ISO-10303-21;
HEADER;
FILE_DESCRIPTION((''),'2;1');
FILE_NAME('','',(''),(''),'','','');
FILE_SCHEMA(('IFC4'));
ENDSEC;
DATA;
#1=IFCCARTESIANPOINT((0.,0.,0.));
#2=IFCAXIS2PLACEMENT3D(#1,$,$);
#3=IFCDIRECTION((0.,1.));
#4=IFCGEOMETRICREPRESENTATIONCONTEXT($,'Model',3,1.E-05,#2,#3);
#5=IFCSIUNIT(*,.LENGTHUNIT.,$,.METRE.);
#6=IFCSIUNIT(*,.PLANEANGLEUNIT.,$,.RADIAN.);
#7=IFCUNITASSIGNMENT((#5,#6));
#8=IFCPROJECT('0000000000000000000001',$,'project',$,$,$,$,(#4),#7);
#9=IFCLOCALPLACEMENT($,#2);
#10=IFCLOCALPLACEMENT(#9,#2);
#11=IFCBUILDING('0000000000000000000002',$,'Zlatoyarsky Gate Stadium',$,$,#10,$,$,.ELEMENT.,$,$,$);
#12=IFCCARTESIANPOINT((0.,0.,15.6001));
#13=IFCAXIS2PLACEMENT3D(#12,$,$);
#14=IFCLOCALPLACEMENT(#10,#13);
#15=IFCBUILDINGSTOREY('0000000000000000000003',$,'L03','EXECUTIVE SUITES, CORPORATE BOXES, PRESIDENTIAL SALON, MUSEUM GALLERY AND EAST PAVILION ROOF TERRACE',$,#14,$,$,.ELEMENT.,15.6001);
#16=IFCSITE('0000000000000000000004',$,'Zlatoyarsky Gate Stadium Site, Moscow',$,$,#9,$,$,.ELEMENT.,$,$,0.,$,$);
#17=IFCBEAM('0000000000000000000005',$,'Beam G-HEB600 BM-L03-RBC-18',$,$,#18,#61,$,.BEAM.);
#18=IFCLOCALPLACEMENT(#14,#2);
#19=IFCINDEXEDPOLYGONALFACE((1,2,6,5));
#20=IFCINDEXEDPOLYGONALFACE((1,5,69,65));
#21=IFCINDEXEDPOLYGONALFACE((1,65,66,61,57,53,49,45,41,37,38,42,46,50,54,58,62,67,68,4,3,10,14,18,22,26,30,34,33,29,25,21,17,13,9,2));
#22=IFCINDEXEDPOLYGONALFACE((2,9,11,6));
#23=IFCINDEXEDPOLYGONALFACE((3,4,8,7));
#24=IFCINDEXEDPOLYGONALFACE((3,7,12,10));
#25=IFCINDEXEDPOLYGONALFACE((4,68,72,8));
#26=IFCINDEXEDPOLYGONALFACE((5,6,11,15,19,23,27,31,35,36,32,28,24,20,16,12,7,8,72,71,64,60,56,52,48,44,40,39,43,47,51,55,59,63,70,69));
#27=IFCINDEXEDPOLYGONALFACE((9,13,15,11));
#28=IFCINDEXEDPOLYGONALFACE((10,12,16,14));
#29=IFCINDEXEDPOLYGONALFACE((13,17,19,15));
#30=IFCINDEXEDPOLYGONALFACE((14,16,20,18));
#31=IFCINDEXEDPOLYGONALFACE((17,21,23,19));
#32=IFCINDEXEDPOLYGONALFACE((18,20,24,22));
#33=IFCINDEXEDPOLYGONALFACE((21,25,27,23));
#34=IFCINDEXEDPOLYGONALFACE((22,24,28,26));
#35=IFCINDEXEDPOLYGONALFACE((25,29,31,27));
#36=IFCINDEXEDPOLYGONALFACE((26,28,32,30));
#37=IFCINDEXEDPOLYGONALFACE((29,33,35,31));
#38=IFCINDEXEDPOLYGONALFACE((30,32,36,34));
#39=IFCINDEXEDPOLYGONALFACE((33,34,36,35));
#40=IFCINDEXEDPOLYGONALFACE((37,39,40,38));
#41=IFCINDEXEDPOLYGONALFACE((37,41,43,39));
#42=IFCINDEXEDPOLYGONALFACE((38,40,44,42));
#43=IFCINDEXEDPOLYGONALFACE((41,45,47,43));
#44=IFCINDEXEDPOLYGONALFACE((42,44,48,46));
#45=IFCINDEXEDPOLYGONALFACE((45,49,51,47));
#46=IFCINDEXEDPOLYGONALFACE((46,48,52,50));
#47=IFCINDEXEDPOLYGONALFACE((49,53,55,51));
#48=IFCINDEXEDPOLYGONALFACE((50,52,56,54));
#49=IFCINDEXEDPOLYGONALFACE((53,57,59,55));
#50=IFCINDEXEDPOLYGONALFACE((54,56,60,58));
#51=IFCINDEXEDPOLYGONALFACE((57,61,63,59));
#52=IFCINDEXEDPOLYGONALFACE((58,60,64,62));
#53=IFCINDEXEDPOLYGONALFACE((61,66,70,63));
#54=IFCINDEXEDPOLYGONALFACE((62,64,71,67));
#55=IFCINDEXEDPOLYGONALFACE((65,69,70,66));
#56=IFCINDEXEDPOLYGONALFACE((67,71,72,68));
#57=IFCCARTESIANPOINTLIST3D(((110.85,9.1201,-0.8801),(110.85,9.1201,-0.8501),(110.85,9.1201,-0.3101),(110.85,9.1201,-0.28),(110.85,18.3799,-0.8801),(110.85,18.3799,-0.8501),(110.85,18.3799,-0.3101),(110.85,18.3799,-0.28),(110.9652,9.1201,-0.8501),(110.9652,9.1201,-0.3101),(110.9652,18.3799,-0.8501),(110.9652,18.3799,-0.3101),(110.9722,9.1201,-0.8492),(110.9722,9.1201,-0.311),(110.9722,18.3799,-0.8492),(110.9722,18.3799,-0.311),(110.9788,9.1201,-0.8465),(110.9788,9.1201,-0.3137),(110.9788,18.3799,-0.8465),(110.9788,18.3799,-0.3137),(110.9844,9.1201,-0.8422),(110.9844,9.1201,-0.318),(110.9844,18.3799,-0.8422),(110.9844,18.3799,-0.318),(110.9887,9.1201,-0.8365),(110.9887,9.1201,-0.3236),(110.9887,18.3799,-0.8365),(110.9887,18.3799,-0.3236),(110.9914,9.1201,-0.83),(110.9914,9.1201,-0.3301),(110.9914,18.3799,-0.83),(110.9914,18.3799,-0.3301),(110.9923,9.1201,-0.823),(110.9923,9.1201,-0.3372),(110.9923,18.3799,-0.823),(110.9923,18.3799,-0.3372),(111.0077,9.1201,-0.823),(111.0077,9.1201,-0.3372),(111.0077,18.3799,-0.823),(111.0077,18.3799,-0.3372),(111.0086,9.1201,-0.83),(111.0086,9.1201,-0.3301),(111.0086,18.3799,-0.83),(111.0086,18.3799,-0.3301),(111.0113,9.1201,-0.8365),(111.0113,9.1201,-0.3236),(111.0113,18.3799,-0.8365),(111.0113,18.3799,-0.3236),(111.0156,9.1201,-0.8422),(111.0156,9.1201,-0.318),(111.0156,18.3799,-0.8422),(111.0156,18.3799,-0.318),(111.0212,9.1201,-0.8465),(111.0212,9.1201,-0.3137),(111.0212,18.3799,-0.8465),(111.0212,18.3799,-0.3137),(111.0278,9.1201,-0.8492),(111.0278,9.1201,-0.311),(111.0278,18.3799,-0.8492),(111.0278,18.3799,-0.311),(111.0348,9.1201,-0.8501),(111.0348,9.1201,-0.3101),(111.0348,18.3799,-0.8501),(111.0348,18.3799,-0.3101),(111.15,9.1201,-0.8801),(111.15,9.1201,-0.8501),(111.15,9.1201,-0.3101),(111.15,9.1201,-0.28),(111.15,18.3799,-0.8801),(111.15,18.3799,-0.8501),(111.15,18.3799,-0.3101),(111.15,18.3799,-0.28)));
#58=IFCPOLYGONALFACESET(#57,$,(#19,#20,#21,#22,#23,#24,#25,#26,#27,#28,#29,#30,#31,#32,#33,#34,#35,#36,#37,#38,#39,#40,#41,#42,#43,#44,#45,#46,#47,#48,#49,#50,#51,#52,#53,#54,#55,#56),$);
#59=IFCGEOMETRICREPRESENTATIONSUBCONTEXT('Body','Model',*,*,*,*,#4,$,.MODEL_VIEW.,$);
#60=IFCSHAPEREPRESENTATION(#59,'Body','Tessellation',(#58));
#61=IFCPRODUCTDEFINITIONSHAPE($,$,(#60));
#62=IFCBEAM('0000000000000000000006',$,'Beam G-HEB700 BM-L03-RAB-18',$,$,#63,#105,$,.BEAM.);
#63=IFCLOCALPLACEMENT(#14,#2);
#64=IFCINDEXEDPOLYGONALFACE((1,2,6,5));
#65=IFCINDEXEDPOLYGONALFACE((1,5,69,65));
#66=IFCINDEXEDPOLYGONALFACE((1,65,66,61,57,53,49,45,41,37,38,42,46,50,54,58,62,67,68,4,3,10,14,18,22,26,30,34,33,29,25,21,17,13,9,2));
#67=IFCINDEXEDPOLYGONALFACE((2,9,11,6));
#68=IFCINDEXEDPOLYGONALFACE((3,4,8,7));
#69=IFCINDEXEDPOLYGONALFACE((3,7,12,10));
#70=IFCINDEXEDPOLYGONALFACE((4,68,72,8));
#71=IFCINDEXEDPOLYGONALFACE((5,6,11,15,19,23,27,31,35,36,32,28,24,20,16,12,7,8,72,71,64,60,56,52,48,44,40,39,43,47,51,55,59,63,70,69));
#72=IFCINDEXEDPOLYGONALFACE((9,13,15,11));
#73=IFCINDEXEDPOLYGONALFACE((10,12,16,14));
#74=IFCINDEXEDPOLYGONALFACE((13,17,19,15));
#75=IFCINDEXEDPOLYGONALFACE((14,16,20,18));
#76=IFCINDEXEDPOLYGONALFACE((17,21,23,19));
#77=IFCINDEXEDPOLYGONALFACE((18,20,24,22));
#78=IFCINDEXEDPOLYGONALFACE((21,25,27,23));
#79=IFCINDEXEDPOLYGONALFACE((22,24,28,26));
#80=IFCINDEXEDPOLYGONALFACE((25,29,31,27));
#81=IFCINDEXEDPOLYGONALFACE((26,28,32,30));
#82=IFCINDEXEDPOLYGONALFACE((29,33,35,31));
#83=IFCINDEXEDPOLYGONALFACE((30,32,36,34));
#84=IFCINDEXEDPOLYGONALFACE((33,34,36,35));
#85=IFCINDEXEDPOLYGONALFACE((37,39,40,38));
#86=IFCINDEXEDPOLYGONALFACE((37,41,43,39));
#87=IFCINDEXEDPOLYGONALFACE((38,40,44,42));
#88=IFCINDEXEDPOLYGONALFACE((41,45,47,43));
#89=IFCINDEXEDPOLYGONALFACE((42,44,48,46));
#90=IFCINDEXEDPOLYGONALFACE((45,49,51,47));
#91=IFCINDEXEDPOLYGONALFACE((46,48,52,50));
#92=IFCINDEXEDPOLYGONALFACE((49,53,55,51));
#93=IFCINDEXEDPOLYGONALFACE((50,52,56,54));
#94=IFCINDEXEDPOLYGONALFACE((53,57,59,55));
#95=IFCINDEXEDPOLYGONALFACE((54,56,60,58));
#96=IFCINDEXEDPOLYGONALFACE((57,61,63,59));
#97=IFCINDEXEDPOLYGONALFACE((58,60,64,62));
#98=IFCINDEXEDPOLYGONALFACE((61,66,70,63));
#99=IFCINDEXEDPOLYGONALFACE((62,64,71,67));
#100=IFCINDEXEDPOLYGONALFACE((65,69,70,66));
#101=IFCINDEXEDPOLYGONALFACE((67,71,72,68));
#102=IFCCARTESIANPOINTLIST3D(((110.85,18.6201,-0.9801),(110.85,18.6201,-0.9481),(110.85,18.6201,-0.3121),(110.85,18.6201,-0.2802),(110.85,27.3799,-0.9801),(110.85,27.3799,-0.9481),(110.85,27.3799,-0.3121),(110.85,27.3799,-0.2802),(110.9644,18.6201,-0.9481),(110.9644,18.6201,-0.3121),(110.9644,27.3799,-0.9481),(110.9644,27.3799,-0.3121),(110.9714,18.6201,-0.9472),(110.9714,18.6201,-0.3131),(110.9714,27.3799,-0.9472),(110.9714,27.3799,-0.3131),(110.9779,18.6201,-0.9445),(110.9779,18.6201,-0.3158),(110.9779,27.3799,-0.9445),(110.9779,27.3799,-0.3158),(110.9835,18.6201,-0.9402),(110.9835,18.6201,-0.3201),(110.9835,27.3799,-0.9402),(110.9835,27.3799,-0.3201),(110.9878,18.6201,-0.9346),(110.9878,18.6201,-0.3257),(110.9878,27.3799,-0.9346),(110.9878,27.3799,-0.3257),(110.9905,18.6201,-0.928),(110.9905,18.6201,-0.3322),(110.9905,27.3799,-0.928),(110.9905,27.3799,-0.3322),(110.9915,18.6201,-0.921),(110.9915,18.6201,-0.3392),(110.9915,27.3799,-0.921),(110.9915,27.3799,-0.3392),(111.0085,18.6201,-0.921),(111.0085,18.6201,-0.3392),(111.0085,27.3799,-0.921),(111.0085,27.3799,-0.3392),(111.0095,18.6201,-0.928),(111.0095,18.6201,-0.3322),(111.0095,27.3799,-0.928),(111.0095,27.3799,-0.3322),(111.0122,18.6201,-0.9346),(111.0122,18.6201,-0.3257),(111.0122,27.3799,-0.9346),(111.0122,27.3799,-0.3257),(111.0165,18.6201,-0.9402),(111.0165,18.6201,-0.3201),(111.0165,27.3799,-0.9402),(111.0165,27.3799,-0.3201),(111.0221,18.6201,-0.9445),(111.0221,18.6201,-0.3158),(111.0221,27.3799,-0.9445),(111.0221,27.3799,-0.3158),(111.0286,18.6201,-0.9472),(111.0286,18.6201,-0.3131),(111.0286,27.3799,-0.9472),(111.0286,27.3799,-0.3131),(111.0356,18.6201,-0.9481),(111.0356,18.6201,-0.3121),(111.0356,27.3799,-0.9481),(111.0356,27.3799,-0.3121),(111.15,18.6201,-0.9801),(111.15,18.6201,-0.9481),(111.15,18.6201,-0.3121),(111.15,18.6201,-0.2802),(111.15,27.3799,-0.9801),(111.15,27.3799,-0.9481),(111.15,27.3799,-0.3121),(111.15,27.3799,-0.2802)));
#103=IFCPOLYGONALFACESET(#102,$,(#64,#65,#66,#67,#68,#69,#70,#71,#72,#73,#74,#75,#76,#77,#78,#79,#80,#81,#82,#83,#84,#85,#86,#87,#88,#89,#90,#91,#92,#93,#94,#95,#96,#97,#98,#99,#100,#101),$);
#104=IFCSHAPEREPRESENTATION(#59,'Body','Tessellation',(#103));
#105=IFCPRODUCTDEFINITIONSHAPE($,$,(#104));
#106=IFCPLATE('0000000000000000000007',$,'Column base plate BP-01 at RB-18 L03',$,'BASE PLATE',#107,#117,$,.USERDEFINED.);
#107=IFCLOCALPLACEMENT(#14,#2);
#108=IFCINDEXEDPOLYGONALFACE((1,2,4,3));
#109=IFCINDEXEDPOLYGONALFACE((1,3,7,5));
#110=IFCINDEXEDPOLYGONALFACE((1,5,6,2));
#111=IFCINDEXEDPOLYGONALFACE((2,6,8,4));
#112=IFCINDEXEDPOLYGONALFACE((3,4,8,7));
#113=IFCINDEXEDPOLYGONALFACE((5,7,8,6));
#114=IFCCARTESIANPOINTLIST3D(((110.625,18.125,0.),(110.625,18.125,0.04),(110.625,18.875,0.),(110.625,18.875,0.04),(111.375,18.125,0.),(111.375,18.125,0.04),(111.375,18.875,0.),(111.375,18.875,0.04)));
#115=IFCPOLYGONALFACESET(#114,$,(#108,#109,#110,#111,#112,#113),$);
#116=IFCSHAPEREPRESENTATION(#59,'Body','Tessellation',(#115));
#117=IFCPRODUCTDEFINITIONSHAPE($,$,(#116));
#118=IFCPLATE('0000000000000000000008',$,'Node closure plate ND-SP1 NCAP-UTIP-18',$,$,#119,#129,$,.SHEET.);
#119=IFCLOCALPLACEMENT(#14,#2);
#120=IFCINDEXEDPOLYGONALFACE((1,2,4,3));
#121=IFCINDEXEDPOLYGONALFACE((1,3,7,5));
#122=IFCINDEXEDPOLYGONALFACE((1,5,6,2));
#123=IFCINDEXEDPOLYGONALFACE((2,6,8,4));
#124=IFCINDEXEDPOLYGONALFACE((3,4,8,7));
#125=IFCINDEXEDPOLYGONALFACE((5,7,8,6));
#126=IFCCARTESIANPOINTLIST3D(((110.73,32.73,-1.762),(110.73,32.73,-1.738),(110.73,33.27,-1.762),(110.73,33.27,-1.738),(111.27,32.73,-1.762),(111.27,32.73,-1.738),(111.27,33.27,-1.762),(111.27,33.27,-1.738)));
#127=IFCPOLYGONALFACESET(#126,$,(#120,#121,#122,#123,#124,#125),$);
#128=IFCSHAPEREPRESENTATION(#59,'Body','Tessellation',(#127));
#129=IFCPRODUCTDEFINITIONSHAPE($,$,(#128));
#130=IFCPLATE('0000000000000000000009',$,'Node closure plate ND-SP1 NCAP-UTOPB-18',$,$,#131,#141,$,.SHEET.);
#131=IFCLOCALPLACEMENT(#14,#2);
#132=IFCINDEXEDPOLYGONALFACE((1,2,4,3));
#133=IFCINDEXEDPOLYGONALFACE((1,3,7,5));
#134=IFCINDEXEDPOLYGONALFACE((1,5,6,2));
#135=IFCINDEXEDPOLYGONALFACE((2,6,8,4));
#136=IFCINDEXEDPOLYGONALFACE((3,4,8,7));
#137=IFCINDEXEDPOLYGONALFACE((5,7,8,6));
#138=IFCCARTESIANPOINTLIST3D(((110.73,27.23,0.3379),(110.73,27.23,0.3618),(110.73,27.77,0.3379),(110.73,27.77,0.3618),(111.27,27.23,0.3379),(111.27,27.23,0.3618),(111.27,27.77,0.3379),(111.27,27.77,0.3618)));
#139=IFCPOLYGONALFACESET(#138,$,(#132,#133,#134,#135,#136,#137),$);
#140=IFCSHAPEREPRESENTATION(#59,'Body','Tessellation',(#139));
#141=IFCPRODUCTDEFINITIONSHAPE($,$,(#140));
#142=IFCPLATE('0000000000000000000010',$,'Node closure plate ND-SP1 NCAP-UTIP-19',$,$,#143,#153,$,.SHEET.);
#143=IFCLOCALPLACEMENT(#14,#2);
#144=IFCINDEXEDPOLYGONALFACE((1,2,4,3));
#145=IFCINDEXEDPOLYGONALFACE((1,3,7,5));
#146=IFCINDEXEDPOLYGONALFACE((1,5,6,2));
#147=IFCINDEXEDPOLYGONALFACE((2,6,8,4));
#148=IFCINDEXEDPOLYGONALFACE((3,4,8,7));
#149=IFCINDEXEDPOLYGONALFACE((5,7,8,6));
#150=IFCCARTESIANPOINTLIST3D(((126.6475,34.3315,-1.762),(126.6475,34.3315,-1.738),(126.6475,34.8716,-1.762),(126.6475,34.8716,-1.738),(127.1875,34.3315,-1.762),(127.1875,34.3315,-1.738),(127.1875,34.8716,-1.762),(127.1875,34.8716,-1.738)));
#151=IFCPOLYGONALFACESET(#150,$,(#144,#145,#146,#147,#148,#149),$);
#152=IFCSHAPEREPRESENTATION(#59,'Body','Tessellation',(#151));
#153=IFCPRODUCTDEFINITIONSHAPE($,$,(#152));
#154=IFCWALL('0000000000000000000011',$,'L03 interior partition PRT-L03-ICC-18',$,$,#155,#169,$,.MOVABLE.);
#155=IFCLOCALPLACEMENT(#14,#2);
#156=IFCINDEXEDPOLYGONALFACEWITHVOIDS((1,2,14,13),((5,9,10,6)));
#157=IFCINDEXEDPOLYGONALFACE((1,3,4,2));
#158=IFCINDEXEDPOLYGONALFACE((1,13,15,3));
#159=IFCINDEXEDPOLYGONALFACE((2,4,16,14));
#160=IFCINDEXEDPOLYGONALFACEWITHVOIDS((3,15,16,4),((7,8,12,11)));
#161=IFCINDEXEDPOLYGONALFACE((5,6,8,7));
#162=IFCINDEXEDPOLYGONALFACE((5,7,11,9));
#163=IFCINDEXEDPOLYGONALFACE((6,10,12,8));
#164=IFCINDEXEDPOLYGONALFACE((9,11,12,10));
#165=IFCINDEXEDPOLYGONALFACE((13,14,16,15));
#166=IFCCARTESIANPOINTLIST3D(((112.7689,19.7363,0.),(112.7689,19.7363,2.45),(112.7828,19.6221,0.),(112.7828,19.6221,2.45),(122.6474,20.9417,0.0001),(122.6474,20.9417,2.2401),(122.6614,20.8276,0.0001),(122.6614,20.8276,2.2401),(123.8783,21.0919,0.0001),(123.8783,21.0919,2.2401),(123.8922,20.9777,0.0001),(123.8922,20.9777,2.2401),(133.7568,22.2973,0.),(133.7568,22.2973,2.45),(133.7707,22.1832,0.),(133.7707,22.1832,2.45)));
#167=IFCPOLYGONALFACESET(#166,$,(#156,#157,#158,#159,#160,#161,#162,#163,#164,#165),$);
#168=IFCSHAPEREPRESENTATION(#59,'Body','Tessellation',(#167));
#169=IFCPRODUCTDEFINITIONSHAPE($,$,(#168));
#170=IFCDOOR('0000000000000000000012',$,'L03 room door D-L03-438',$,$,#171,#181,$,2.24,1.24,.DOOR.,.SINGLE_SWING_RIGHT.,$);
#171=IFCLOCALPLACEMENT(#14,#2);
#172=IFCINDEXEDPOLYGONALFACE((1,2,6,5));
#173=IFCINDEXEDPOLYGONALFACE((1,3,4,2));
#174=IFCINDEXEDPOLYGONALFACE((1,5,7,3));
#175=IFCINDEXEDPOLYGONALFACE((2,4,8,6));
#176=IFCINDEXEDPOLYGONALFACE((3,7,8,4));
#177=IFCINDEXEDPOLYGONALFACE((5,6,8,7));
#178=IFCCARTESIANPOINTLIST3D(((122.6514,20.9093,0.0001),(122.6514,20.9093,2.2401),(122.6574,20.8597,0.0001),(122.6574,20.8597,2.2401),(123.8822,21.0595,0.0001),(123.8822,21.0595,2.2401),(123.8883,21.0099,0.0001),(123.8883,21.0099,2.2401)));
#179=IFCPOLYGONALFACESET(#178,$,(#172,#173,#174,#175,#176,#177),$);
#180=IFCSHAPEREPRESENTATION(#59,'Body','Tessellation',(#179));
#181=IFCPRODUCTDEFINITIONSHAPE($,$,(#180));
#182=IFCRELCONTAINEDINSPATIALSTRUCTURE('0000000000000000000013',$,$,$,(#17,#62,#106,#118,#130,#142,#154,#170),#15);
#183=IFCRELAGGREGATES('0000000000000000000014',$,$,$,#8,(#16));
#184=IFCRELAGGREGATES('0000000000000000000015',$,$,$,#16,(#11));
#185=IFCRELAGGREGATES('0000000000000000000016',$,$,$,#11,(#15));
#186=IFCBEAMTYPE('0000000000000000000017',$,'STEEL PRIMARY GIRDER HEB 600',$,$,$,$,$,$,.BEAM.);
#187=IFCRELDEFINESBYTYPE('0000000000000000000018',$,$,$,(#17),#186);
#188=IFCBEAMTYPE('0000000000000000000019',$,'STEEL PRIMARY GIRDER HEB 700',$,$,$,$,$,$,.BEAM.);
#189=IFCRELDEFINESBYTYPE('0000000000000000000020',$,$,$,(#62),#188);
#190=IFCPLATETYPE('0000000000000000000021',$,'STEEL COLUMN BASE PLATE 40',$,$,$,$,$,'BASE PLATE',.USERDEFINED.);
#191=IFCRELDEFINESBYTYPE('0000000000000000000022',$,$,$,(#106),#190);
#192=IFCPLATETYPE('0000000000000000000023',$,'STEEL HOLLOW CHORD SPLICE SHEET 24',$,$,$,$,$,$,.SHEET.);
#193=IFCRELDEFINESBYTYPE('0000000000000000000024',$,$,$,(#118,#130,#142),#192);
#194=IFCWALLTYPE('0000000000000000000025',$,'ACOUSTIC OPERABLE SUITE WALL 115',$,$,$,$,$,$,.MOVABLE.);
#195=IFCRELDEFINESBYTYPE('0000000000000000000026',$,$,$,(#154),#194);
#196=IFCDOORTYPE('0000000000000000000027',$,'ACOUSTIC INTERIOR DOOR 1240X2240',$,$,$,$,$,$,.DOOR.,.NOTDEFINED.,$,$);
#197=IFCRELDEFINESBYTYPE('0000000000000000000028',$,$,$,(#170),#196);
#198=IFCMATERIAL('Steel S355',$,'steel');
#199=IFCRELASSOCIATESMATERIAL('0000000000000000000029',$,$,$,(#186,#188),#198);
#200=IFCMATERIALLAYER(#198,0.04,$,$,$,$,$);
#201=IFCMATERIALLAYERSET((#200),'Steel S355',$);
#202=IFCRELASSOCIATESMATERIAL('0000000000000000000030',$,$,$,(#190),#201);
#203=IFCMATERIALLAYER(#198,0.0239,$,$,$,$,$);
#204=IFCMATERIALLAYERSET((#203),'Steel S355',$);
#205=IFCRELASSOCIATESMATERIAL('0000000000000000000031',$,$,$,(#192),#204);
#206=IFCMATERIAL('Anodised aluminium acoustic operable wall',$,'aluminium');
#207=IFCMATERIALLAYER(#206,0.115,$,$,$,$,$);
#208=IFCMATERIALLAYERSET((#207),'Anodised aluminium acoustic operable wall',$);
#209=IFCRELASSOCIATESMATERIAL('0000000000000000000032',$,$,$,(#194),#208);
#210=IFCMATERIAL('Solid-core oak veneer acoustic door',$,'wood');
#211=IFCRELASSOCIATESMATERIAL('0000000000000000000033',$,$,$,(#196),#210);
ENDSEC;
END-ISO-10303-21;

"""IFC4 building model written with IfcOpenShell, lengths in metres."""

from ifc_helpers import new_model, si_unit, direction, frame, frame_2d, origin, origin_2d, place, context, subcontext, project, spatial, rectangle, i_section, extrude, material, layer, layer_set, material_profile, profile_set, type_object, element, fill, save


model = new_model("IFC4")

# Units and contexts
model_context = context("Model", 3, precision=1e-05, world=origin(), true_north=direction((0.0, 1.0)))
body_context = subcontext(model_context, "Body", "Model", "MODEL_VIEW")
ifc_project = project(units=[si_unit("LENGTHUNIT", "METRE"), si_unit("PLANEANGLEUNIT", "RADIAN")], contexts=[model_context])

# Site, building, storey
site_placement = place(None, origin())
site = spatial("IfcSite", under=ifc_project, at=site_placement, Name="Zlatoyarsky Gate Stadium Site, Moscow", CompositionType="ELEMENT", RefElevation=0.0)
building_placement = place(site_placement, origin())
building = spatial("IfcBuilding", under=site, at=building_placement, Name="Zlatoyarsky Gate Stadium", CompositionType="ELEMENT")
storey_placement = place(building_placement, frame((0.0, 0.0, 15.6001)))
storey = spatial("IfcBuildingStorey", under=building, at=storey_placement, Name="L03", Description="EXECUTIVE SUITES, CORPORATE BOXES, PRESIDENTIAL SALON, MUSEUM GALLERY AND EAST PAVILION ROOF TERRACE", CompositionType="ELEMENT", Elevation=15.6001)

# Shared definitions
ifc_material_1 = material(Name="Steel S355", Category="steel")

# Beams
ifc_material_profile_1 = material_profile(ifc_material_1, i_section(OverallWidth=0.3, OverallDepth=0.6001, WebThickness=0.0154, FlangeThickness=0.03, FilletRadius=0.0271, at=origin_2d()), Name="HEB 600")
ifc_profile_set_1 = profile_set([ifc_material_profile_1], Name="Steel S355")
beam_type_1 = type_object("IfcBeamType", Name="STEEL PRIMARY GIRDER HEB 600", PredefinedType="BEAM", material=ifc_profile_set_1)
beam_1_placement = place(storey_placement, frame((111.0, 18.3799, -0.5801), z_axis=(0.0, -1.0, 0.0), x_axis=(1.0, 0.0, 0.0)))
element("IfcBeam", 1, at=beam_1_placement, inside=storey, type_object=beam_type_1, Name="Beam G-HEB600 BM-L03-RBC-18", PredefinedType="BEAM", context=body_context, shape_type="SweptSolid", body=[
    extrude(i_section(OverallWidth=0.3, OverallDepth=0.6001, WebThickness=0.0154, FlangeThickness=0.03, FilletRadius=0.0271, at=origin_2d()), origin(), (0.0, 0.0, 1.0), 9.2598),
])
ifc_material_profile_2 = material_profile(ifc_material_1, i_section(OverallWidth=0.3, OverallDepth=0.7, WebThickness=0.0171, FlangeThickness=0.032, FilletRadius=0.0271, at=origin_2d()), Name="HEB 700")
ifc_profile_set_2 = profile_set([ifc_material_profile_2], Name="Steel S355")
beam_type_2 = type_object("IfcBeamType", Name="STEEL PRIMARY GIRDER HEB 700", PredefinedType="BEAM", material=ifc_profile_set_2)
beam_2_placement = place(storey_placement, frame((111.0, 27.3799, -0.6301), z_axis=(0.0, -1.0, 0.0), x_axis=(1.0, 0.0, 0.0)))
element("IfcBeam", 2, at=beam_2_placement, inside=storey, type_object=beam_type_2, Name="Beam G-HEB700 BM-L03-RAB-18", PredefinedType="BEAM", context=body_context, shape_type="SweptSolid", body=[
    extrude(i_section(OverallWidth=0.3, OverallDepth=0.7, WebThickness=0.0171, FlangeThickness=0.032, FilletRadius=0.0271, at=origin_2d()), origin(), (0.0, 0.0, 1.0), 8.7598),
])

# Plates
ifc_layer_1 = layer(ifc_material_1, 0.04)
ifc_layer_set_1 = layer_set([ifc_layer_1], Name="Steel S355")
plate_type_1 = type_object("IfcPlateType", Name="STEEL COLUMN BASE PLATE 40", ElementType="BASE PLATE", PredefinedType="USERDEFINED", material=ifc_layer_set_1)
plate_placement = place(storey_placement, frame((111.0, 18.5, 0.0), z_axis=(0.0, 0.0, 1.0), x_axis=(1.0, 0.0, 0.0)))
element("IfcPlate", 3, at=plate_placement, inside=storey, type_object=plate_type_1, Name="Column base plate BP-01 at RB-18 L03", ObjectType="BASE PLATE", PredefinedType="USERDEFINED", context=body_context, shape_type="SweptSolid", body=[
    extrude(rectangle(XDim=0.75, YDim=0.75, at=origin_2d()), origin(), (0.0, 0.0, 1.0), 0.04),
])
ifc_layer_2 = layer(ifc_material_1, 0.0239)
ifc_layer_set_2 = layer_set([ifc_layer_2], Name="Steel S355")
plate_type_2 = type_object("IfcPlateType", Name="STEEL HOLLOW CHORD SPLICE SHEET 24", PredefinedType="SHEET", material=ifc_layer_set_2)
for number, where, z_axis, x_axis, name in (
    (4, (111.0, 33.0, -1.762), (0.0, 0.0, 1.0), (1.0, 0.0, 0.0), "Node closure plate ND-SP1 NCAP-UTIP-18"),
    (5, (111.0, 27.5, 0.3379), (0.0, 0.0, 1.0), (1.0, 0.0, 0.0), "Node closure plate ND-SP1 NCAP-UTOPB-18"),
    (6, (126.9175, 34.6016, -1.762), (0.0, 0.0, 1.0), (1.0, 0.0, 0.0), "Node closure plate ND-SP1 NCAP-UTIP-19"),
):
    element("IfcPlate", number, at=place(storey_placement, frame(where, z_axis=z_axis, x_axis=x_axis)), inside=storey, type_object=plate_type_2, Name=name, PredefinedType="SHEET", context=body_context, shape_type="SweptSolid", body=[
        extrude(rectangle(XDim=0.54, YDim=0.54, at=origin_2d()), origin(), (0.0, 0.0, 1.0), 0.0239),
    ])

# Wall, opening, door
ifc_material_2 = material(Name="Anodised aluminium acoustic operable wall", Category="aluminium")
ifc_layer_3 = layer(ifc_material_2, 0.115)
ifc_layer_set_3 = layer_set([ifc_layer_3], Name="Anodised aluminium acoustic operable wall")
wall_type_1 = type_object("IfcWallType", Name="ACOUSTIC OPERABLE SUITE WALL 115", PredefinedType="MOVABLE", material=ifc_layer_set_3)
wall_1_placement = place(storey_placement, frame((112.7759, 19.6792, 0.0), z_axis=(0.0, 0.0, 1.0), x_axis=(0.992637, 0.121127, 0.0)))
wall_1 = element("IfcWall", 7, at=wall_1_placement, inside=storey, type_object=wall_type_1, Name="L03 interior partition PRT-L03-ICC-18", PredefinedType="MOVABLE", context=body_context, shape_type="SweptSolid", body=[
    extrude(rectangle(XDim=21.1436, YDim=0.115, at=frame_2d((10.5718, 0.0))), origin(), (0.0, 0.0, 1.0), 2.45),
])
opening_1_placement = place(wall_1_placement, frame((9.9517, 0.0, 0.0)))
opening_1 = element("IfcOpeningElement", 8, at=opening_1_placement, cuts=wall_1, PredefinedType="OPENING", context=body_context, shape_type="SweptSolid", body=[
    extrude(rectangle(XDim=1.24, YDim=2.24, at=frame_2d((0.6201, 1.1201))), frame((0.0, 0.0674, 0.0), z_axis=(0.0, -1.0, 0.0), x_axis=(1.0, 0.0, 0.0)), (0.0, 0.0, 1.0), 0.135),
])
ifc_material_3 = material(Name="Solid-core oak veneer acoustic door", Category="wood")
door_type_1 = type_object("IfcDoorType", Name="ACOUSTIC INTERIOR DOOR 1240X2240", OperationType="NOTDEFINED", PredefinedType="DOOR", material=ifc_material_3)
door_1_placement = place(opening_1_placement, origin())
door_1 = element("IfcDoor", 9, at=door_1_placement, inside=storey, type_object=door_type_1, Name="L03 room door D-L03-438", OperationType="SINGLE_SWING_RIGHT", OverallHeight=2.24, OverallWidth=1.24, PredefinedType="DOOR", context=body_context, shape_type="SweptSolid", body=[
    extrude(rectangle(XDim=1.24, YDim=2.24, at=frame_2d((0.6201, 1.1201))), frame((0.0, 0.0249, 0.0), z_axis=(0.0, -1.0, 0.0), x_axis=(1.0, 0.0, 0.0)), (0.0, 0.0, 1.0), 0.05),
])
fill(opening_1, door_1)

save(model, "model.ifc")
